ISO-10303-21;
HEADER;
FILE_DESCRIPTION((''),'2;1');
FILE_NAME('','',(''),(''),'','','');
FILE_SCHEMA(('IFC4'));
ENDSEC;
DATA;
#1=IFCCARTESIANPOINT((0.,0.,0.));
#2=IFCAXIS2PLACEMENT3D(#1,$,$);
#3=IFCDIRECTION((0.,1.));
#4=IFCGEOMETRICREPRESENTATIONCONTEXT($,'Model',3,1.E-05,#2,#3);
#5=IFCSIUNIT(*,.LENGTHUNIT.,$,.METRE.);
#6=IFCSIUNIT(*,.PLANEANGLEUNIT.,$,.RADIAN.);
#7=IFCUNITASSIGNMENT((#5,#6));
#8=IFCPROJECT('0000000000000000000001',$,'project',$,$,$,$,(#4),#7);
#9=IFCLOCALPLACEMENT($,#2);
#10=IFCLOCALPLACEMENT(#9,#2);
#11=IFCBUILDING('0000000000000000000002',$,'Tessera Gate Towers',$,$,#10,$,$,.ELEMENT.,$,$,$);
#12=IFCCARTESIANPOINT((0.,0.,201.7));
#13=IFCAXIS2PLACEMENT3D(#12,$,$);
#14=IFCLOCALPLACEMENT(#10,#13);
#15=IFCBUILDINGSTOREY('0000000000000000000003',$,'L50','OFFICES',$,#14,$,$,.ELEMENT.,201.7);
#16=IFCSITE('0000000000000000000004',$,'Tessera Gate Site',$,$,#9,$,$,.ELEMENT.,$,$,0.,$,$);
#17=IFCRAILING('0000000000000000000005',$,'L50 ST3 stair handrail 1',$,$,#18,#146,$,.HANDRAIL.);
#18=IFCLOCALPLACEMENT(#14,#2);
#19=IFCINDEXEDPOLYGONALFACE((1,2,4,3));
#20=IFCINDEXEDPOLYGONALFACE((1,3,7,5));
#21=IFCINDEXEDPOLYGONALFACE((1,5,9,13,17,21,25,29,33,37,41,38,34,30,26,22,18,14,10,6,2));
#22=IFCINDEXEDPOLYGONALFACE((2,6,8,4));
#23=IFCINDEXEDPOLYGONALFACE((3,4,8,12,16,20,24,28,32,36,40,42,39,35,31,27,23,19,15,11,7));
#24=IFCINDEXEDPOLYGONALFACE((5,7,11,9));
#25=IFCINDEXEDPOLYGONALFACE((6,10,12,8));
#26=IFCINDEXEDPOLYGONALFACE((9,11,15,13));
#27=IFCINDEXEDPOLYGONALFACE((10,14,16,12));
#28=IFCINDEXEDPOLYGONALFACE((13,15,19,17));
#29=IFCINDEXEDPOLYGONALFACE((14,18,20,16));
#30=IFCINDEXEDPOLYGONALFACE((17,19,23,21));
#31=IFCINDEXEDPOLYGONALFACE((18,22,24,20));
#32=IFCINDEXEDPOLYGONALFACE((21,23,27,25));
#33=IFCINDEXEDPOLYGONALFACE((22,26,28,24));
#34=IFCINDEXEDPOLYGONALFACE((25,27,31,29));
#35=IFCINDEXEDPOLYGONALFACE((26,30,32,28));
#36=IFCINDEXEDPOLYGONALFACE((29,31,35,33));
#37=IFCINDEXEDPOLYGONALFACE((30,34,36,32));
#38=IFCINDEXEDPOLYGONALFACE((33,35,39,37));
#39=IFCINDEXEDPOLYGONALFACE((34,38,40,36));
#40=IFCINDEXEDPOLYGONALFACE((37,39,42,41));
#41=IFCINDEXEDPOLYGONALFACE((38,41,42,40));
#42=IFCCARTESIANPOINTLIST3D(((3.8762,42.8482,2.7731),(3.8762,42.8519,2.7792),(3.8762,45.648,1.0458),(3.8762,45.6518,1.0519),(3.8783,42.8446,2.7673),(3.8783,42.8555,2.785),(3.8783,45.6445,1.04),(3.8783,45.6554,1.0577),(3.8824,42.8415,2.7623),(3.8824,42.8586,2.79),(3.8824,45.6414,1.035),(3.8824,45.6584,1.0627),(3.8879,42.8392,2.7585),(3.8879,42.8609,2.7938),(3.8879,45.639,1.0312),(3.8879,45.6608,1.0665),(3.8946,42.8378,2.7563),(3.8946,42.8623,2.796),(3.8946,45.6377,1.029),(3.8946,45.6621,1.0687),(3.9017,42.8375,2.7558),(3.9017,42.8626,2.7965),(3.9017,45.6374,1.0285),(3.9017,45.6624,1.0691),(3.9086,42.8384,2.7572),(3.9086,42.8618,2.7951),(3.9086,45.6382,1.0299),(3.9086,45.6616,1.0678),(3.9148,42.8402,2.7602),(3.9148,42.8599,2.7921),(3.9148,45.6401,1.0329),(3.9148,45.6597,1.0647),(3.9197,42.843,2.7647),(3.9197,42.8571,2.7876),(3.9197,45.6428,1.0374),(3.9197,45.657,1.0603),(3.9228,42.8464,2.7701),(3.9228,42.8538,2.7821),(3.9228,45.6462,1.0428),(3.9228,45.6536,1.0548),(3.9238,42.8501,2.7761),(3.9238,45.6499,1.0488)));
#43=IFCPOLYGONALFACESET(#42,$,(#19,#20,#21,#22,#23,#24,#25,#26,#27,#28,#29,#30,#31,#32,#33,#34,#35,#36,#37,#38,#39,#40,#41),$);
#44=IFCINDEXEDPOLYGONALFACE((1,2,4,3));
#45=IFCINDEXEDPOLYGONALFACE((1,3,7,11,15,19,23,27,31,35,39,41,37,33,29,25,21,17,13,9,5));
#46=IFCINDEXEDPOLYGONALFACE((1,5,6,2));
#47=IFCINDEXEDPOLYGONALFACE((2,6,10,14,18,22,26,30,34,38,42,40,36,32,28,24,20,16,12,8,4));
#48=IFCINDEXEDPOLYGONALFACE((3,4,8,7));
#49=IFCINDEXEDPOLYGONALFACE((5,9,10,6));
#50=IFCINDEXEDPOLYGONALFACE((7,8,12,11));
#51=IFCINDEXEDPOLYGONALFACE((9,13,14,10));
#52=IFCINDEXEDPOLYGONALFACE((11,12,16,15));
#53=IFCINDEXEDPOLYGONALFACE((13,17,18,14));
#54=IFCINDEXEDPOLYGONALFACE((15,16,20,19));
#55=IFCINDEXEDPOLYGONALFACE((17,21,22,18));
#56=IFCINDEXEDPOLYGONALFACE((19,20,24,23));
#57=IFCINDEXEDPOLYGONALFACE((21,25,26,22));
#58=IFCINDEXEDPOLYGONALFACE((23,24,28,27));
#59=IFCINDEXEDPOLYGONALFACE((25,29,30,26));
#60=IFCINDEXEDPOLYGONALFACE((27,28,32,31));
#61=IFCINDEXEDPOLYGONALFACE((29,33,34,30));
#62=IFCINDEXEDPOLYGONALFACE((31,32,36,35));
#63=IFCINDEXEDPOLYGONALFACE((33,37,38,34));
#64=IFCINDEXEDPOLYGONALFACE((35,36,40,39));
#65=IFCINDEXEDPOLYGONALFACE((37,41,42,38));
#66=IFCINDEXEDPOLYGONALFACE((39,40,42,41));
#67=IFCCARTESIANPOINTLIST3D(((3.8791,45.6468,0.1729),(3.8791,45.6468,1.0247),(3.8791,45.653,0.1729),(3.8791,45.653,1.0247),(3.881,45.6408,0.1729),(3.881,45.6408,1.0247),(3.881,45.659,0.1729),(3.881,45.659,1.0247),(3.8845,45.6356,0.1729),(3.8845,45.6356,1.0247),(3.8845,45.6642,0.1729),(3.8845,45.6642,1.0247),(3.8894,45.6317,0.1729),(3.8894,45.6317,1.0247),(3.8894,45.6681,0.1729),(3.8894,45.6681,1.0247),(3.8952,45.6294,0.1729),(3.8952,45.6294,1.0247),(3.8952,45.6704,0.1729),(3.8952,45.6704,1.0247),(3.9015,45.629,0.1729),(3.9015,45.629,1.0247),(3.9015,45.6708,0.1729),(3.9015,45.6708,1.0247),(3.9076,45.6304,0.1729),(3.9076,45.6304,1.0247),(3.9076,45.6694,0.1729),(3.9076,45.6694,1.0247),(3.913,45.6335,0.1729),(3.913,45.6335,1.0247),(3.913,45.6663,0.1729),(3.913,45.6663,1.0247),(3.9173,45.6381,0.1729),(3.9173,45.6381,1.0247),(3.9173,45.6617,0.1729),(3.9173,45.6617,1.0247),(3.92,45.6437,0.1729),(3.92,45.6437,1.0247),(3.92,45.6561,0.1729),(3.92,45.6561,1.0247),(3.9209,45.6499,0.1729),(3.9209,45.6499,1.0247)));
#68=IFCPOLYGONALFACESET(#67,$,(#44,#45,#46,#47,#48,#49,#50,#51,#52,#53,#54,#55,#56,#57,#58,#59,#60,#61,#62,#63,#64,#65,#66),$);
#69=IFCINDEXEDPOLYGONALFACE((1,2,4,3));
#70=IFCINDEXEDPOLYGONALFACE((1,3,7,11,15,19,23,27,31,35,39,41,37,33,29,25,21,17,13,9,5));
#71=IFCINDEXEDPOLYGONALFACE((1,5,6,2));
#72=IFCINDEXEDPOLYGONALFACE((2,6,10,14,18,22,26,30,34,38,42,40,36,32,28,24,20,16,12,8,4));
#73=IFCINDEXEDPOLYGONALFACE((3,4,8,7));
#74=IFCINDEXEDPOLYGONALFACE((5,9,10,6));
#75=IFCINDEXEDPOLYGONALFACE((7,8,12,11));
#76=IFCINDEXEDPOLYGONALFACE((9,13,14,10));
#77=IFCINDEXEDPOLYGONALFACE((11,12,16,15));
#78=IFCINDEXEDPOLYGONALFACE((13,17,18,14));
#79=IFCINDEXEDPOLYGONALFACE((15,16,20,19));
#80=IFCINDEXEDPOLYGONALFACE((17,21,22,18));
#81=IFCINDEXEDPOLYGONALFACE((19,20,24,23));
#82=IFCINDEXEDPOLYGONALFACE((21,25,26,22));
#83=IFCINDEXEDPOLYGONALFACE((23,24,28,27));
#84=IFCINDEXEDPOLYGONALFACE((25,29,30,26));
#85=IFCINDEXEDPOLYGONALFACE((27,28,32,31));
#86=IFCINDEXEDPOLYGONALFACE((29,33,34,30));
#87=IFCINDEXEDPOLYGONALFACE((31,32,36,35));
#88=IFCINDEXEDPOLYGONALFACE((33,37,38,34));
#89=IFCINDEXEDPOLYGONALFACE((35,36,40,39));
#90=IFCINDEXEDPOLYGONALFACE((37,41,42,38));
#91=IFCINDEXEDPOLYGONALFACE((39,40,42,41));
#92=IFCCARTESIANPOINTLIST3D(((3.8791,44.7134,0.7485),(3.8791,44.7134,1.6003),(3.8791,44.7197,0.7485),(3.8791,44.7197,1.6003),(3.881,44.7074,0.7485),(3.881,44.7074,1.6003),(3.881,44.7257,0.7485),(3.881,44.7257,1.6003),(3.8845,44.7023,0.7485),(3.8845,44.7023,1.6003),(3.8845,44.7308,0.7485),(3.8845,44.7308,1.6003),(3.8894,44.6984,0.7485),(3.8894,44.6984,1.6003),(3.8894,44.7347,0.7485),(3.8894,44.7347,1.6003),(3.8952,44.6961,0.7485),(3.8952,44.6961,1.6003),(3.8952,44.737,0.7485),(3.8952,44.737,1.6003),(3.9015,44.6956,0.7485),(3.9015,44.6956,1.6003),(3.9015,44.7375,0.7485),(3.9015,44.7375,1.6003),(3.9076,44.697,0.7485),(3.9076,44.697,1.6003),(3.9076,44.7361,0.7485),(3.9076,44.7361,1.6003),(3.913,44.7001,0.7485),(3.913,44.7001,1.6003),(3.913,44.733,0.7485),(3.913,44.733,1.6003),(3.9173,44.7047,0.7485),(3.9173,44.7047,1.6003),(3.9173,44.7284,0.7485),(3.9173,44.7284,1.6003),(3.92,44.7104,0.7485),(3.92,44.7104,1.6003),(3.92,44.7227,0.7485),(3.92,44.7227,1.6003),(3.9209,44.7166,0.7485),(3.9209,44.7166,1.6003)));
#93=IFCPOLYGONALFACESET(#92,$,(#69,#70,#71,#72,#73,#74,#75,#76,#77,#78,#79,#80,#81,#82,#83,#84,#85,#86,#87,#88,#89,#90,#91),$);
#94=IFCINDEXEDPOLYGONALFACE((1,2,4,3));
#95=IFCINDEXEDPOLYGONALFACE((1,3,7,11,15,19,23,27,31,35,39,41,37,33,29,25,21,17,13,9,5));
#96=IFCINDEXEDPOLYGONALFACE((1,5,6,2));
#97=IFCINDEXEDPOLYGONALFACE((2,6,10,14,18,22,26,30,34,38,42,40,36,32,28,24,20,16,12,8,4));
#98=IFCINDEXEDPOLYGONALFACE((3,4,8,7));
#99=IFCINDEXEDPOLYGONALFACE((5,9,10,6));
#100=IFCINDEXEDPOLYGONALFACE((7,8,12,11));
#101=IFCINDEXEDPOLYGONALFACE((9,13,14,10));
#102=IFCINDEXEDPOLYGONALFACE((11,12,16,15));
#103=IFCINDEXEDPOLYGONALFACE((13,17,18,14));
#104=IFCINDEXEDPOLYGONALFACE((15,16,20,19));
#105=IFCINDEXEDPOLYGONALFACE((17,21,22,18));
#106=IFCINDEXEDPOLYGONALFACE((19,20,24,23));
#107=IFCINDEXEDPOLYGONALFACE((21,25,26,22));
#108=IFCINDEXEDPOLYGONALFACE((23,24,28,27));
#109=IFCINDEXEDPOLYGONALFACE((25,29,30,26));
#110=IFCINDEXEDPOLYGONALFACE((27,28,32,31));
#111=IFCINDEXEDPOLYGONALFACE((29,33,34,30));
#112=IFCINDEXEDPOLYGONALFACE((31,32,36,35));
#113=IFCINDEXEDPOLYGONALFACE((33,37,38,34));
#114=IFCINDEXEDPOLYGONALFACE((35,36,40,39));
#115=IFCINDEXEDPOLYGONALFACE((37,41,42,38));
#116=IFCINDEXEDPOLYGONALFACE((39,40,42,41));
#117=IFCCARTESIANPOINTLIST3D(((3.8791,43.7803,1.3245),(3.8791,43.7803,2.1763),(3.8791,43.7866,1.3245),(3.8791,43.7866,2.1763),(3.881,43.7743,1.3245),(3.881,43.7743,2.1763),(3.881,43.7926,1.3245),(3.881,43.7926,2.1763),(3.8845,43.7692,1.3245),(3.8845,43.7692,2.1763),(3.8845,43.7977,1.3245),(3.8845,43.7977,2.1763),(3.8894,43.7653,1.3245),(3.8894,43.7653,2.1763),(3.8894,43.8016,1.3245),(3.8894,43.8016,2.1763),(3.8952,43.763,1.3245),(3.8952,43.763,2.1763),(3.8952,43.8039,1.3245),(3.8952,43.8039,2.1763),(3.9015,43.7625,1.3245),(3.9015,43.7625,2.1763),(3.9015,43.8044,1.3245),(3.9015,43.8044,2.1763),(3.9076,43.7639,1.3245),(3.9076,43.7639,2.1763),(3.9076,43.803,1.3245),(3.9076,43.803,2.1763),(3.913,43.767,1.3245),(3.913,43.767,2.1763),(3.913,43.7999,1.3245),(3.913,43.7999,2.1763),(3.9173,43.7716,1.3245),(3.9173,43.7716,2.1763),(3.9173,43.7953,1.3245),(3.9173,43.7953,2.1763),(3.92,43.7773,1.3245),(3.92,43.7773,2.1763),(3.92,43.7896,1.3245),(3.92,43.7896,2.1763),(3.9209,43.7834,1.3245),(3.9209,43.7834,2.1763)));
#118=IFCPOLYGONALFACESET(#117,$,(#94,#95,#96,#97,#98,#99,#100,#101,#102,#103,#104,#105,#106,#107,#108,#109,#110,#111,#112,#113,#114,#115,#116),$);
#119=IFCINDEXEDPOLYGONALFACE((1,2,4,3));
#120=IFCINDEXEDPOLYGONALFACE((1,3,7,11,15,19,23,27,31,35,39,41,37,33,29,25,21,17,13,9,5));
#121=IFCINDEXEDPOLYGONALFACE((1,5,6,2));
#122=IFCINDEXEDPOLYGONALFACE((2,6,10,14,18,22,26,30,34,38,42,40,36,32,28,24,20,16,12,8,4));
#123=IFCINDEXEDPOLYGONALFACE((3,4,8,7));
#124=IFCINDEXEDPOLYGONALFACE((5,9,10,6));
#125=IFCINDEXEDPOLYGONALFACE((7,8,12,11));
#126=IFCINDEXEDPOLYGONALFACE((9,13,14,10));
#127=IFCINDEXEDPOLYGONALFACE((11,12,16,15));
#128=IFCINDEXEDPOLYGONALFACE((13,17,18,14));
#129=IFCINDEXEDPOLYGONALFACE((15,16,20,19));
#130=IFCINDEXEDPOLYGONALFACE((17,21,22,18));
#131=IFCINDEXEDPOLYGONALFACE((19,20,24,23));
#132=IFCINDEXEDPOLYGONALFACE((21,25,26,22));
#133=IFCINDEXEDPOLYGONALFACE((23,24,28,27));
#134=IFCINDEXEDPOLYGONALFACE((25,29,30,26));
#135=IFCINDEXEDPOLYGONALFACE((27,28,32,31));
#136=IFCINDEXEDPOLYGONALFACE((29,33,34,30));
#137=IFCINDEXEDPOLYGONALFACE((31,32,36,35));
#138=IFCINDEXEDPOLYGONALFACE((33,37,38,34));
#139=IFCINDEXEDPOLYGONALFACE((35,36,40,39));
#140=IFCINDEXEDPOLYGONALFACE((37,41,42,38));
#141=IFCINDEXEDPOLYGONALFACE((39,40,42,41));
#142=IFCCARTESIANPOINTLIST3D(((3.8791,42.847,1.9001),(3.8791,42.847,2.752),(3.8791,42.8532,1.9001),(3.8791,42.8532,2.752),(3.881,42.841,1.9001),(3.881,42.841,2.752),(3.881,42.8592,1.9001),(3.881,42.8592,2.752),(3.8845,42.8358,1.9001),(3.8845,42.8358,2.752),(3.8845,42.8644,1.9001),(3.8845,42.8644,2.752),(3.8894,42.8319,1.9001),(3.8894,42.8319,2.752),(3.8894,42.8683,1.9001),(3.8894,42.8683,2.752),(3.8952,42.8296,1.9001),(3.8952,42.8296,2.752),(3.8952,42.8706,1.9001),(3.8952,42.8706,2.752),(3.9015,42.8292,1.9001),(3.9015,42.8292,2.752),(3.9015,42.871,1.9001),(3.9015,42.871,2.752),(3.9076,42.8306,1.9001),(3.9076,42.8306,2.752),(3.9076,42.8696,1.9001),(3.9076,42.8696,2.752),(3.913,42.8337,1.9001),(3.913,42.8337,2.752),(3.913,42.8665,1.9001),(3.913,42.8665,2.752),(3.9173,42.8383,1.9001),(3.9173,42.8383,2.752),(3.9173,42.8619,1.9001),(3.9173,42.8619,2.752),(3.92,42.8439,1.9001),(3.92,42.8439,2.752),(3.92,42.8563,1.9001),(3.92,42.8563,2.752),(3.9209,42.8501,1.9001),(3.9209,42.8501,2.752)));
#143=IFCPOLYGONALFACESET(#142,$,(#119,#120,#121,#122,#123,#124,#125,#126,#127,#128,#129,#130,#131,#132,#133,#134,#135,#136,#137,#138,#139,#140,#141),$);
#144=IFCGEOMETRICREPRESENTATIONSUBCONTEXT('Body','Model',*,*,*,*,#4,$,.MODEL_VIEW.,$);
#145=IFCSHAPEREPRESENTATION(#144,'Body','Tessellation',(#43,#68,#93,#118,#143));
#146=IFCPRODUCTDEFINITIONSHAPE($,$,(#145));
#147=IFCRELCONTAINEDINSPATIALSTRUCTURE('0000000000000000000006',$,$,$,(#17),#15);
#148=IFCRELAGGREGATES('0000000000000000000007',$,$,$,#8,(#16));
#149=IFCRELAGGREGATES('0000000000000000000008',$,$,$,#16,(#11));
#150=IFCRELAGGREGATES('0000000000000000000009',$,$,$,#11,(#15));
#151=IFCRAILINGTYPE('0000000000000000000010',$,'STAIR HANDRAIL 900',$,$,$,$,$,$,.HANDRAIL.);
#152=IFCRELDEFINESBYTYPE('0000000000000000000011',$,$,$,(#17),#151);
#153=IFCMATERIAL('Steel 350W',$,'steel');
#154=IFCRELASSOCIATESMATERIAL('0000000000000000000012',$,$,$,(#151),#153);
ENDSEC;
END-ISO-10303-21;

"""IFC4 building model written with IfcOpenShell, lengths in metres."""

from ifc_helpers import new_model, si_unit, direction, frame, origin, origin_2d, place, context, subcontext, project, spatial, circle, extrude, material, type_object, element, save


model = new_model("IFC4")

# Units and contexts
model_context = context("Model", 3, precision=1e-05, world=origin(), true_north=direction((0.0, 1.0)))
body_context = subcontext(model_context, "Body", "Model", "MODEL_VIEW")
ifc_project = project(units=[si_unit("LENGTHUNIT", "METRE"), si_unit("PLANEANGLEUNIT", "RADIAN")], contexts=[model_context])

# Site, building, storey
site_placement = place(None, origin())
site = spatial("IfcSite", under=ifc_project, at=site_placement, Name="Tessera Gate Site", CompositionType="ELEMENT", RefElevation=0.0)
building_placement = place(site_placement, origin())
building = spatial("IfcBuilding", under=site, at=building_placement, Name="Tessera Gate Towers", CompositionType="ELEMENT")
storey_placement = place(building_placement, frame((0.0, 0.0, 201.7)))
storey = spatial("IfcBuildingStorey", under=building, at=storey_placement, Name="L50", Description="OFFICES", CompositionType="ELEMENT", Elevation=201.7)

# Railing
ifc_material_1 = material(Name="Steel 350W", Category="steel")
railing_type_1 = type_object("IfcRailingType", Name="STAIR HANDRAIL 900", PredefinedType="HANDRAIL", material=ifc_material_1)
railing_1_placement = place(storey_placement, frame((3.8999, 45.6499, 0.1729)))
element("IfcRailing", 1, at=railing_1_placement, inside=storey, type_object=railing_type_1, Name="L50 ST3 stair handrail 1", PredefinedType="HANDRAIL", context=body_context, shape_type="SweptSolid", body=[
    extrude(circle(Radius=0.0239, at=origin_2d()), frame((0.0, 0.0, 0.876), z_axis=(0.0, -0.851069, 0.525054), x_axis=(1.0, 0.0, 0.0)), (0.0, 0.0, 1.0), 3.2898),
    extrude(circle(Radius=0.021, at=origin_2d()), origin(), (0.0, 0.0, 1.0), 0.8518),
    extrude(circle(Radius=0.021, at=origin_2d()), frame((0.0, -0.9333, 0.5757)), (0.0, 0.0, 1.0), 0.8518),
    extrude(circle(Radius=0.021, at=origin_2d()), frame((0.0, -1.8665, 1.1516)), (0.0, 0.0, 1.0), 0.8518),
    extrude(circle(Radius=0.021, at=origin_2d()), frame((0.0, -2.7998, 1.7273)), (0.0, 0.0, 1.0), 0.8518),
])

save(model, "model.ifc")
